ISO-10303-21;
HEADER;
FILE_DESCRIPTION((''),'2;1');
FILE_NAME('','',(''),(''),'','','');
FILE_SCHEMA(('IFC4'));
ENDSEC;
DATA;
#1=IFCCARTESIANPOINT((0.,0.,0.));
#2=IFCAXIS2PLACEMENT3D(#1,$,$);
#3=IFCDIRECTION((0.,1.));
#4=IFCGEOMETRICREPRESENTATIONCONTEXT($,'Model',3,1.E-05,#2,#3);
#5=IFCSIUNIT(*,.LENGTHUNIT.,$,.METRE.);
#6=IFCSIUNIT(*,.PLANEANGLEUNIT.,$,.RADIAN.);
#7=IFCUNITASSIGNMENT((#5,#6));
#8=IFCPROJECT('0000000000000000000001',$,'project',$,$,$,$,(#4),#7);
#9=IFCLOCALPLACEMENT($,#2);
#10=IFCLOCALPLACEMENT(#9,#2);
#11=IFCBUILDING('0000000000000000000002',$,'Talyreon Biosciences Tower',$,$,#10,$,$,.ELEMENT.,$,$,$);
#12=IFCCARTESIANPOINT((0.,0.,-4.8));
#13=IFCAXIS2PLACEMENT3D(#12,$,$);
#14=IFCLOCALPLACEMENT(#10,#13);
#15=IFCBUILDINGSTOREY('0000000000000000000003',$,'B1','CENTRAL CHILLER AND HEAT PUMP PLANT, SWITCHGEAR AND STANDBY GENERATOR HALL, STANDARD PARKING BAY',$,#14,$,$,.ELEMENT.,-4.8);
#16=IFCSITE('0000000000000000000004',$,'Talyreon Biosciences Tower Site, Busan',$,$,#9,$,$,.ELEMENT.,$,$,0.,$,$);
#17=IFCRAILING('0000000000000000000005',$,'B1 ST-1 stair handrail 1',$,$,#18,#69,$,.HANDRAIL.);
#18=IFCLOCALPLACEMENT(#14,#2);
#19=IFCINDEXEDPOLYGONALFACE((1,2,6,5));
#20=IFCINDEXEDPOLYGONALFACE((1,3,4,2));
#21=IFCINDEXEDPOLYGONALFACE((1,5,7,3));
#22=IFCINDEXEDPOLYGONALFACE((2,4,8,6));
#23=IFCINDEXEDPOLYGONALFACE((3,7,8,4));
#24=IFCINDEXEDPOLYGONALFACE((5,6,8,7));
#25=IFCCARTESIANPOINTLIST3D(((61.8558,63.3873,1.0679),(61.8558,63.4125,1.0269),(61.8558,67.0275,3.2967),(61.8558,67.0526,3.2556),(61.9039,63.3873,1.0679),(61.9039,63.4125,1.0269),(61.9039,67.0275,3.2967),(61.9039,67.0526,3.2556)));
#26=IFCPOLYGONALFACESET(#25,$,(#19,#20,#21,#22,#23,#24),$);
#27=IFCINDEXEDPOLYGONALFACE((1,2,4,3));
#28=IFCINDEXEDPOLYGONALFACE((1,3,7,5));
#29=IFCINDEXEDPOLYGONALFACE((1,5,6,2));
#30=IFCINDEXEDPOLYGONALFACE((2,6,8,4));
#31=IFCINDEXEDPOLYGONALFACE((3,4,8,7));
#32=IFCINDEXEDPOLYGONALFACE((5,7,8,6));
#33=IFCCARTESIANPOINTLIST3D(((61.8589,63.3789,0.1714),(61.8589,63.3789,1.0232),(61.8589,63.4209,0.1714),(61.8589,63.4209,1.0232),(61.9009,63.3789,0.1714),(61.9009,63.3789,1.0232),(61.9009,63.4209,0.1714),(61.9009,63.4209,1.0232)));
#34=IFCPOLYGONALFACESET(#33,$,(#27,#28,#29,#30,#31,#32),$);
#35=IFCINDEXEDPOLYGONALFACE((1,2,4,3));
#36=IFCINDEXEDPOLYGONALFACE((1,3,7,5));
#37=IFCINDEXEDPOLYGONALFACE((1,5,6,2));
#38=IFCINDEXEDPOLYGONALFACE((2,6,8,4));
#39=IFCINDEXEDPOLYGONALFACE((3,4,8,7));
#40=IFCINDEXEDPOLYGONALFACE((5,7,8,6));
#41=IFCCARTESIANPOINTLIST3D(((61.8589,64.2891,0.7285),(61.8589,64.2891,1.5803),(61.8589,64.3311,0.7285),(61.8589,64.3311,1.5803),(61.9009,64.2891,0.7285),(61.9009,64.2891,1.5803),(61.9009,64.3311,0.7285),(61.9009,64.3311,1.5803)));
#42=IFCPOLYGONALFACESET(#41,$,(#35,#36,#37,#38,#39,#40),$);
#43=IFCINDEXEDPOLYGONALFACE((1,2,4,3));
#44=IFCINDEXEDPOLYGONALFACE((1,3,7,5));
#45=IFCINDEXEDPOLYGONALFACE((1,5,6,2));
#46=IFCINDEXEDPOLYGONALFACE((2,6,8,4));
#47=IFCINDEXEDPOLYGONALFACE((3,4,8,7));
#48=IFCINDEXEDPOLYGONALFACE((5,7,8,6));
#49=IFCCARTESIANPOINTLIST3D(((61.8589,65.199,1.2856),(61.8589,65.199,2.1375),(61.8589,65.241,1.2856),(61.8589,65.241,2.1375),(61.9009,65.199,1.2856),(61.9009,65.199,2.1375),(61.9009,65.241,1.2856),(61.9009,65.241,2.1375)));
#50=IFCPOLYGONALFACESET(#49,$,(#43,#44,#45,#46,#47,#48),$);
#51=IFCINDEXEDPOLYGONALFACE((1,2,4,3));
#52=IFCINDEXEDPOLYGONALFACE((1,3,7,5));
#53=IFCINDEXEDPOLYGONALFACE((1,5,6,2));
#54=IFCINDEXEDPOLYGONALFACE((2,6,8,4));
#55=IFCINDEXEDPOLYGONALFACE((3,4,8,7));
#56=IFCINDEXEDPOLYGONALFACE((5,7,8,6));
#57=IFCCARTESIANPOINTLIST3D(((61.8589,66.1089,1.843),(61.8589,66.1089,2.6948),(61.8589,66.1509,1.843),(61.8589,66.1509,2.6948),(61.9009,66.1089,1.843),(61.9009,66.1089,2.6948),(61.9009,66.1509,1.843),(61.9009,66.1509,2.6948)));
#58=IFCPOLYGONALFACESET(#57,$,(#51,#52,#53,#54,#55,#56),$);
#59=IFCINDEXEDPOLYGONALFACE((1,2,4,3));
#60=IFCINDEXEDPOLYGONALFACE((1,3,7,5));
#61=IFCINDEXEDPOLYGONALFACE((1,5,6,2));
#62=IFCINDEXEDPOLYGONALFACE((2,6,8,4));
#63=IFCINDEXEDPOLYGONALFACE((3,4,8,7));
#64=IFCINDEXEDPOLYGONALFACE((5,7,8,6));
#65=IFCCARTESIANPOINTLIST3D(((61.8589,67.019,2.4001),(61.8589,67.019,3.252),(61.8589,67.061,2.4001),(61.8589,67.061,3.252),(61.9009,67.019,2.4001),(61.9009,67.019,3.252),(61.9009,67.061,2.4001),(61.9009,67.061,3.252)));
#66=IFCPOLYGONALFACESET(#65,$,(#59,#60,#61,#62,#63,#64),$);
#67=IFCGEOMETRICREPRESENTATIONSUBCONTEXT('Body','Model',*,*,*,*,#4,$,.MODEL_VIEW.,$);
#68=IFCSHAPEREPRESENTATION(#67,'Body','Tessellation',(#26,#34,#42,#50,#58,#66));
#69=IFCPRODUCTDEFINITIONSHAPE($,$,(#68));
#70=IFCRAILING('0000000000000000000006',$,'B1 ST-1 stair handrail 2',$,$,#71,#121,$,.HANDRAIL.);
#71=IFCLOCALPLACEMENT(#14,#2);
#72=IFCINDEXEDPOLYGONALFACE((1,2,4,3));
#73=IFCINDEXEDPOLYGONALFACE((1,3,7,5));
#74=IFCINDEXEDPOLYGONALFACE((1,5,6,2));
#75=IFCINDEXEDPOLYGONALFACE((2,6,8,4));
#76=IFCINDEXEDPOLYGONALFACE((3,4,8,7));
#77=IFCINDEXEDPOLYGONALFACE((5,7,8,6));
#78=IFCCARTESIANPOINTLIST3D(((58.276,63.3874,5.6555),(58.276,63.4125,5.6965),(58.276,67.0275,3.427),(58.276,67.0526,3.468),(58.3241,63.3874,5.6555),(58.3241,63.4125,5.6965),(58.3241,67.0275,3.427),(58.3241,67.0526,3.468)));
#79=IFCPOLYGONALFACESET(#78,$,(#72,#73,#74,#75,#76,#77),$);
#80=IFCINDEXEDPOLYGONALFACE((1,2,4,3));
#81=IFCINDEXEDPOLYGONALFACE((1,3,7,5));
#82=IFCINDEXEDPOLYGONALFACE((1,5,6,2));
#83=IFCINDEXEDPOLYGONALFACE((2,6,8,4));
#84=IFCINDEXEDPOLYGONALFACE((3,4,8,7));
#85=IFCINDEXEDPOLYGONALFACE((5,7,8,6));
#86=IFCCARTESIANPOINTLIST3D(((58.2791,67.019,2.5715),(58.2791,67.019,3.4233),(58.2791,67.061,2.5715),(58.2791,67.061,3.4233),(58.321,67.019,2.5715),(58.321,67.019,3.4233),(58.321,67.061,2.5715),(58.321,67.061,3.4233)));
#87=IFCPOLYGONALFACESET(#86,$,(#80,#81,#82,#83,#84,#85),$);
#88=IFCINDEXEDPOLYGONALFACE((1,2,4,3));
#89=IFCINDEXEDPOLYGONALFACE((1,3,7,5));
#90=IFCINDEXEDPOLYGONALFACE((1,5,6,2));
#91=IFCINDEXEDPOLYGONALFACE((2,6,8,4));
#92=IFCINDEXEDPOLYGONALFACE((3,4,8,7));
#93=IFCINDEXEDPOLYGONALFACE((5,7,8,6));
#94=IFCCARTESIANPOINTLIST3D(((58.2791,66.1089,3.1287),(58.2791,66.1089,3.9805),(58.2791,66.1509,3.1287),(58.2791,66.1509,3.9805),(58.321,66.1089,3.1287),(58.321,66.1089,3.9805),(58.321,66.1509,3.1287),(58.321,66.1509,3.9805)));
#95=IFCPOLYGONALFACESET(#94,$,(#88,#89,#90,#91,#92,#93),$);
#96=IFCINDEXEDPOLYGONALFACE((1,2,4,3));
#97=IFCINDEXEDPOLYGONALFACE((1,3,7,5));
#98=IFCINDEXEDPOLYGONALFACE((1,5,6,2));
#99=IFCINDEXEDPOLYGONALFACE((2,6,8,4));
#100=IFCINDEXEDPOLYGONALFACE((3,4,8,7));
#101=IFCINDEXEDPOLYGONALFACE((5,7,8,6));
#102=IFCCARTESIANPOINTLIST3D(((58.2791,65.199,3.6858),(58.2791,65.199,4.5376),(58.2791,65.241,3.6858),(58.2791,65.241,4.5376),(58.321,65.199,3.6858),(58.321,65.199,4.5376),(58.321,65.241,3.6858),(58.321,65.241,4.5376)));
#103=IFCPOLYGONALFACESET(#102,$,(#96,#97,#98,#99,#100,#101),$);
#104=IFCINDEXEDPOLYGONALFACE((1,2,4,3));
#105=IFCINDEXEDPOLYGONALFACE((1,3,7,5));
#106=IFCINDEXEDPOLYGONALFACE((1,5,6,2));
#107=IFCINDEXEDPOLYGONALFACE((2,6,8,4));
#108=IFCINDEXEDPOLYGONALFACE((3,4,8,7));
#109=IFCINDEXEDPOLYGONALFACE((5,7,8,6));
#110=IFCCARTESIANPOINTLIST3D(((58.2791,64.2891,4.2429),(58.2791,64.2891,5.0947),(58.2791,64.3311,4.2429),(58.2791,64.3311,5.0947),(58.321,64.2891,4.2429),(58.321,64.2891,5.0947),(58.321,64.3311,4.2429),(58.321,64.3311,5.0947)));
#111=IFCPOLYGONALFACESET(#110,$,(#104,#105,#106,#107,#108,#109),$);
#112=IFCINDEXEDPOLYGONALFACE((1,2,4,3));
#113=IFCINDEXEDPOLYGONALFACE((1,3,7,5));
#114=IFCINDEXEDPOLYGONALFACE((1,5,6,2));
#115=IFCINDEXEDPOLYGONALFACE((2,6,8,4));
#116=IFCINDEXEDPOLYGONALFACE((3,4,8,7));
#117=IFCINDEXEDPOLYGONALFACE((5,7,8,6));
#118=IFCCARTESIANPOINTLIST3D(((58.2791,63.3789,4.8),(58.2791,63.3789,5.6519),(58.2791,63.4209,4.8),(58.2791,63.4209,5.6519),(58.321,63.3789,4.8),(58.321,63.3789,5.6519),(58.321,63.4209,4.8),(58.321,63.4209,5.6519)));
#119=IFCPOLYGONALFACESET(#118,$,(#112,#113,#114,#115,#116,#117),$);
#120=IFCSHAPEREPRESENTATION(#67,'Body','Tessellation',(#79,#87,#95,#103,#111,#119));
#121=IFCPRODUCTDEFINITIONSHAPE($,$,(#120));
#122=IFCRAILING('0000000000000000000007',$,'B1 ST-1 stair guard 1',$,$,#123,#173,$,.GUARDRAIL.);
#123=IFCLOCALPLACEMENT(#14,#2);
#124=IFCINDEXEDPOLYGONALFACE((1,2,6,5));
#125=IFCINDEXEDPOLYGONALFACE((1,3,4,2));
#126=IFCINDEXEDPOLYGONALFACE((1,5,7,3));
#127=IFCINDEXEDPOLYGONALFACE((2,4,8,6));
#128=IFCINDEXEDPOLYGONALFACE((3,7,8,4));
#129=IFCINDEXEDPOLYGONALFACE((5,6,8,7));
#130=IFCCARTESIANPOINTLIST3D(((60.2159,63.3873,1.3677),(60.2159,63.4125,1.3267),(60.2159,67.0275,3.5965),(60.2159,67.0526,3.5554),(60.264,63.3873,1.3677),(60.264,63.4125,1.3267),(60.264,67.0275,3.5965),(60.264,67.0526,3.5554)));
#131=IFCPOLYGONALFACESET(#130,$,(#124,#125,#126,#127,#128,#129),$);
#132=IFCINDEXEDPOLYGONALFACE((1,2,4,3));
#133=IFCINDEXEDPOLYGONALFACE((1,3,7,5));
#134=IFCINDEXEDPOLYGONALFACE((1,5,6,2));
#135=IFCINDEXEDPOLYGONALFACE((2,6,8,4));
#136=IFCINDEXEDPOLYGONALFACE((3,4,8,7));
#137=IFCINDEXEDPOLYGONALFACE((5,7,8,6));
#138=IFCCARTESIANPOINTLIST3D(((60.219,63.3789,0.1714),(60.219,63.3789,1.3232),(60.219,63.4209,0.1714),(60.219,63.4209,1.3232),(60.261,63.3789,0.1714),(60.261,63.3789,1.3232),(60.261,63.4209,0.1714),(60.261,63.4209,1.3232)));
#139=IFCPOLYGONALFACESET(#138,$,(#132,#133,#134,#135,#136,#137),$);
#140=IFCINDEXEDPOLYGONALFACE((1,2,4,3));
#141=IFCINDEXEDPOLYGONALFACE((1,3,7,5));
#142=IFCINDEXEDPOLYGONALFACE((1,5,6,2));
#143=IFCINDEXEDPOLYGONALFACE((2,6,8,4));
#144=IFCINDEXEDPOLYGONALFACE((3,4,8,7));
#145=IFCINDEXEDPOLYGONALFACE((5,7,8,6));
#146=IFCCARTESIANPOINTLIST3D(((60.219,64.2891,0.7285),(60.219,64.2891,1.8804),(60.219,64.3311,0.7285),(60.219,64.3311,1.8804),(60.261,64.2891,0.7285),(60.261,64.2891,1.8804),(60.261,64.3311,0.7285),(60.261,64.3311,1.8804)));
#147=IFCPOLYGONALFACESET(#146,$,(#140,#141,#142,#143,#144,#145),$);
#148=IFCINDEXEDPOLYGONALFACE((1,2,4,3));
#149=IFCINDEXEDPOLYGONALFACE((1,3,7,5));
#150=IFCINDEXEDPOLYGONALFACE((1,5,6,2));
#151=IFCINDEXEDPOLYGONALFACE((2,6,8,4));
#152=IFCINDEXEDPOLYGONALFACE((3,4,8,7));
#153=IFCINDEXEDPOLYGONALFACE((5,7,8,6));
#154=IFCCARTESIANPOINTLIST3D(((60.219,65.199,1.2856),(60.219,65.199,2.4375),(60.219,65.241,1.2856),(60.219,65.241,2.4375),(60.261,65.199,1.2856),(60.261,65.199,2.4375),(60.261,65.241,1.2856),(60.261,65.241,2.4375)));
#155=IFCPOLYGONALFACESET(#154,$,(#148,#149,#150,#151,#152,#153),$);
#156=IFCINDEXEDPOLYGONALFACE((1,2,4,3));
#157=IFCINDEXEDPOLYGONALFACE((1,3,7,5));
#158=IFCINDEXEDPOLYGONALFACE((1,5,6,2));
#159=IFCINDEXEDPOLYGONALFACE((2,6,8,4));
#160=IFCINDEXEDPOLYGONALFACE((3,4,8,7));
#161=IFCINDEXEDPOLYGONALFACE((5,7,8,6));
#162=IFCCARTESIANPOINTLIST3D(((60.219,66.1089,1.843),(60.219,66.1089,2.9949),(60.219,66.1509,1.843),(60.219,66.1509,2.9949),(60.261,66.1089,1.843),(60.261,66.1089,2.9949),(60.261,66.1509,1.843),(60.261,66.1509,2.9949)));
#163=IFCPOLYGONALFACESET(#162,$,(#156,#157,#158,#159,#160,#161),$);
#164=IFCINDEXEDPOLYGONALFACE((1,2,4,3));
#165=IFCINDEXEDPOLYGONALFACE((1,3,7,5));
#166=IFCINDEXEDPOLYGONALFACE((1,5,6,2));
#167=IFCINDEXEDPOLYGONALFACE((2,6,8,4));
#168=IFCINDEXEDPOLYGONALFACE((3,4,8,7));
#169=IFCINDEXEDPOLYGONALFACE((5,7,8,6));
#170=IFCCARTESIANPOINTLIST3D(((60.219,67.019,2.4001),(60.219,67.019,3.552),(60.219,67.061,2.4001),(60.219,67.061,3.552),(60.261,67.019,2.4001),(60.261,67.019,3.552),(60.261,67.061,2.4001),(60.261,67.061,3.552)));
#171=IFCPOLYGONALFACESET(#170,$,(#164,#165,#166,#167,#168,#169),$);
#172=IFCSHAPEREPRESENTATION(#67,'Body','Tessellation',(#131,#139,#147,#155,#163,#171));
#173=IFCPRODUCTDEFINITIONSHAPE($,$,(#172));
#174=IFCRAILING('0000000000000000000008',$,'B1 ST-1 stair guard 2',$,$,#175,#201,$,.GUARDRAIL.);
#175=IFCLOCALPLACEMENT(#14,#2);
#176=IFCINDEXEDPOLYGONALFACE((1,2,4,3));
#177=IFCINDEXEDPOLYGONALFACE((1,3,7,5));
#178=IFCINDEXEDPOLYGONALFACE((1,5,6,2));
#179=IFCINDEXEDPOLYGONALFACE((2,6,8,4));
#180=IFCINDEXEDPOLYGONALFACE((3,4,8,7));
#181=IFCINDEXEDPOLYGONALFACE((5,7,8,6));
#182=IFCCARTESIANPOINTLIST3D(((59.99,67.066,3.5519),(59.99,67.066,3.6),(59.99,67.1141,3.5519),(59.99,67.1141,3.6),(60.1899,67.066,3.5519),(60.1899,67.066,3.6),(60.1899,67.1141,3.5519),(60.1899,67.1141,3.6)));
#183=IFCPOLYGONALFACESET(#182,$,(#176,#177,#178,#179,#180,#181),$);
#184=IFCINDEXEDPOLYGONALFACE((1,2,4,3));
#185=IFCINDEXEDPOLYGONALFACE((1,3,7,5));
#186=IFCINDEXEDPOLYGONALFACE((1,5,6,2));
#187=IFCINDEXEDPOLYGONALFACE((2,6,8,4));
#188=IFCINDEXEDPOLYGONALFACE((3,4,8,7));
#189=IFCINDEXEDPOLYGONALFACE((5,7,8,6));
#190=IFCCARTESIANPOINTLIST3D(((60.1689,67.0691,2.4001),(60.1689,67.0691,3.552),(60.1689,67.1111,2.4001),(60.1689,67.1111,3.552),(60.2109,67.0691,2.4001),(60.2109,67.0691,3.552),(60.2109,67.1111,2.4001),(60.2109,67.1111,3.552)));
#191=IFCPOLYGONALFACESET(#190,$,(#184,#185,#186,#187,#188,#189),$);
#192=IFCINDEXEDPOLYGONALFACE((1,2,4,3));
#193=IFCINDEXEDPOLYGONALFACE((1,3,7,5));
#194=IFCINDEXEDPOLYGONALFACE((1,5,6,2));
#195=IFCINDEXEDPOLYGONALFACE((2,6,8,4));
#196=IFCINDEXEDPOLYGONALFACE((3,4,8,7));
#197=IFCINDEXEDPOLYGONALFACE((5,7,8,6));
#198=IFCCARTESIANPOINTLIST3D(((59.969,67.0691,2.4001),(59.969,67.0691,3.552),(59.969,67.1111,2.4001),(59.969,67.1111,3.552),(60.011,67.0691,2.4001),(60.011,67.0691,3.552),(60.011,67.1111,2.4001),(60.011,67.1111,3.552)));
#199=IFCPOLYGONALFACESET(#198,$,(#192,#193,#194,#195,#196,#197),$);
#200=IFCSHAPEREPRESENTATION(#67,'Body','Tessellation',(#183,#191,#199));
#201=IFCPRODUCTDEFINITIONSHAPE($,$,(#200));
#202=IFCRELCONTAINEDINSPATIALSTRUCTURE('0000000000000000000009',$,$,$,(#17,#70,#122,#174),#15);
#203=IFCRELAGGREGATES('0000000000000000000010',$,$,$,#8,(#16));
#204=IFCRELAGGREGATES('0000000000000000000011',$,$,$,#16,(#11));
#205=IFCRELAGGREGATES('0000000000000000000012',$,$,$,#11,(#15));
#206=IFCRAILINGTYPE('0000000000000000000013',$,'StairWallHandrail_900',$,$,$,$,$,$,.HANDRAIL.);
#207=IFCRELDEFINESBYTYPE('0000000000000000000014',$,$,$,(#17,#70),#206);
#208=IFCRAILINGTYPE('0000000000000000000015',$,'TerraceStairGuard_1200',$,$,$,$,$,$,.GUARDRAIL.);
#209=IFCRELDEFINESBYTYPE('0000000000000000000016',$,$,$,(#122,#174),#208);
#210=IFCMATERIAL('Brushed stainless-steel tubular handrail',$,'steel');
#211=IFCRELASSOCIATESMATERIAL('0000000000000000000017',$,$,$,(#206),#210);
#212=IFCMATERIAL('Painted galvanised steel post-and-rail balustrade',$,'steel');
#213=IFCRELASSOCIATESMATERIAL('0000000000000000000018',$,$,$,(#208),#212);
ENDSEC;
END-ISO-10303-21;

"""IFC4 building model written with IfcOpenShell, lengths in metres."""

from ifc_helpers import new_model, si_unit, direction, frame, origin, origin_2d, place, context, subcontext, project, spatial, rectangle, extrude, material, type_object, element, save


model = new_model("IFC4")

# Units and contexts
model_context = context("Model", 3, precision=1e-05, world=origin(), true_north=direction((0.0, 1.0)))
body_context = subcontext(model_context, "Body", "Model", "MODEL_VIEW")
ifc_project = project(units=[si_unit("LENGTHUNIT", "METRE"), si_unit("PLANEANGLEUNIT", "RADIAN")], contexts=[model_context])

# Site, building, storey
site_placement = place(None, origin())
site = spatial("IfcSite", under=ifc_project, at=site_placement, Name="Talyreon Biosciences Tower Site, Busan", CompositionType="ELEMENT", RefElevation=0.0)
building_placement = place(site_placement, origin())
building = spatial("IfcBuilding", under=site, at=building_placement, Name="Talyreon Biosciences Tower", CompositionType="ELEMENT")
storey_placement = place(building_placement, frame((0.0, 0.0, -4.8)))
storey = spatial("IfcBuildingStorey", under=building, at=storey_placement, Name="B1", Description="CENTRAL CHILLER AND HEAT PUMP PLANT, SWITCHGEAR AND STANDBY GENERATOR HALL, STANDARD PARKING BAY", CompositionType="ELEMENT", Elevation=-4.8)

# Railings
ifc_material_1 = material(Name="Brushed stainless-steel tubular handrail", Category="steel")
railing_type_1 = type_object("IfcRailingType", Name="StairWallHandrail_900", PredefinedType="HANDRAIL", material=ifc_material_1)
railing_1_placement = place(storey_placement, frame((61.8799, 63.3999, 0.1714)))
element("IfcRailing", 1, at=railing_1_placement, inside=storey, type_object=railing_type_1, Name="B1 ST-1 stair handrail 1", PredefinedType="HANDRAIL", context=body_context, shape_type="SweptSolid", body=[
    extrude(rectangle(XDim=0.0481, YDim=0.0481, at=origin_2d()), frame((0.0, 0.0, 0.876), z_axis=(0.0, 0.85284, 0.522172), x_axis=(-1.0, 0.0, 0.0)), (0.0, 0.0, 1.0), 4.2683),
    extrude(rectangle(XDim=0.042, YDim=0.042, at=origin_2d()), origin(), (0.0, 0.0, 1.0), 0.8518),
    extrude(rectangle(XDim=0.042, YDim=0.042, at=origin_2d()), frame((0.0, 0.9102, 0.5571)), (0.0, 0.0, 1.0), 0.8518),
    extrude(rectangle(XDim=0.042, YDim=0.042, at=origin_2d()), frame((0.0, 1.8201, 1.1143)), (0.0, 0.0, 1.0), 0.8518),
    extrude(rectangle(XDim=0.042, YDim=0.042, at=origin_2d()), frame((0.0, 2.73, 1.6716)), (0.0, 0.0, 1.0), 0.8518),
    extrude(rectangle(XDim=0.042, YDim=0.042, at=origin_2d()), frame((0.0, 3.6401, 2.2288)), (0.0, 0.0, 1.0), 0.8518),
])
railing_2_placement = place(storey_placement, frame((58.3, 67.04, 2.5715)))
element("IfcRailing", 2, at=railing_2_placement, inside=storey, type_object=railing_type_1, Name="B1 ST-1 stair handrail 2", PredefinedType="HANDRAIL", context=body_context, shape_type="SweptSolid", body=[
    extrude(rectangle(XDim=0.0481, YDim=0.0481, at=origin_2d()), frame((0.0, 0.0, 0.876), z_axis=(0.0, -0.852866, 0.52213), x_axis=(1.0, 0.0, 0.0)), (0.0, 0.0, 1.0), 4.2681),
    extrude(rectangle(XDim=0.042, YDim=0.042, at=origin_2d()), origin(), (0.0, 0.0, 1.0), 0.8518),
    extrude(rectangle(XDim=0.042, YDim=0.042, at=origin_2d()), frame((0.0, -0.9102, 0.5571)), (0.0, 0.0, 1.0), 0.8518),
    extrude(rectangle(XDim=0.042, YDim=0.042, at=origin_2d()), frame((0.0, -1.8201, 1.1143)), (0.0, 0.0, 1.0), 0.8518),
    extrude(rectangle(XDim=0.042, YDim=0.042, at=origin_2d()), frame((0.0, -2.73, 1.6714)), (0.0, 0.0, 1.0), 0.8518),
    extrude(rectangle(XDim=0.042, YDim=0.042, at=origin_2d()), frame((0.0, -3.6401, 2.2285)), (0.0, 0.0, 1.0), 0.8518),
])
ifc_material_2 = material(Name="Painted galvanised steel post-and-rail balustrade", Category="steel")
railing_type_2 = type_object("IfcRailingType", Name="TerraceStairGuard_1200", PredefinedType="GUARDRAIL", material=ifc_material_2)
railing_3_placement = place(storey_placement, frame((60.24, 63.3999, 0.1714)))
element("IfcRailing", 3, at=railing_3_placement, inside=storey, type_object=railing_type_2, Name="B1 ST-1 stair guard 1", PredefinedType="GUARDRAIL", context=body_context, shape_type="SweptSolid", body=[
    extrude(rectangle(XDim=0.0481, YDim=0.0481, at=origin_2d()), frame((0.0, 0.0, 1.1758), z_axis=(0.0, 0.85284, 0.522172), x_axis=(-1.0, 0.0, 0.0)), (0.0, 0.0, 1.0), 4.2683),
    extrude(rectangle(XDim=0.042, YDim=0.042, at=origin_2d()), origin(), (0.0, 0.0, 1.0), 1.1519),
    extrude(rectangle(XDim=0.042, YDim=0.042, at=origin_2d()), frame((0.0, 0.9102, 0.5571)), (0.0, 0.0, 1.0), 1.1519),
    extrude(rectangle(XDim=0.042, YDim=0.042, at=origin_2d()), frame((0.0, 1.8201, 1.1143)), (0.0, 0.0, 1.0), 1.1519),
    extrude(rectangle(XDim=0.042, YDim=0.042, at=origin_2d()), frame((0.0, 2.73, 1.6716)), (0.0, 0.0, 1.0), 1.1519),
    extrude(rectangle(XDim=0.042, YDim=0.042, at=origin_2d()), frame((0.0, 3.6401, 2.2288)), (0.0, 0.0, 1.0), 1.1519),
])
railing_4_placement = place(storey_placement, frame((60.1899, 67.0901, 2.4001)))
element("IfcRailing", 4, at=railing_4_placement, inside=storey, type_object=railing_type_2, Name="B1 ST-1 stair guard 2", PredefinedType="GUARDRAIL", context=body_context, shape_type="SweptSolid", body=[
    extrude(rectangle(XDim=0.0481, YDim=0.0481, at=origin_2d()), frame((0.0, 0.0, 1.1758), z_axis=(-1.0, 0.0, 0.0), x_axis=(0.0, -1.0, 0.0)), (0.0, 0.0, 1.0), 0.2),
    extrude(rectangle(XDim=0.042, YDim=0.042, at=origin_2d()), origin(), (0.0, 0.0, 1.0), 1.1519),
    extrude(rectangle(XDim=0.042, YDim=0.042, at=origin_2d()), frame((-0.2, 0.0, 0.0)), (0.0, 0.0, 1.0), 1.1519),
])

save(model, "model.ifc")
